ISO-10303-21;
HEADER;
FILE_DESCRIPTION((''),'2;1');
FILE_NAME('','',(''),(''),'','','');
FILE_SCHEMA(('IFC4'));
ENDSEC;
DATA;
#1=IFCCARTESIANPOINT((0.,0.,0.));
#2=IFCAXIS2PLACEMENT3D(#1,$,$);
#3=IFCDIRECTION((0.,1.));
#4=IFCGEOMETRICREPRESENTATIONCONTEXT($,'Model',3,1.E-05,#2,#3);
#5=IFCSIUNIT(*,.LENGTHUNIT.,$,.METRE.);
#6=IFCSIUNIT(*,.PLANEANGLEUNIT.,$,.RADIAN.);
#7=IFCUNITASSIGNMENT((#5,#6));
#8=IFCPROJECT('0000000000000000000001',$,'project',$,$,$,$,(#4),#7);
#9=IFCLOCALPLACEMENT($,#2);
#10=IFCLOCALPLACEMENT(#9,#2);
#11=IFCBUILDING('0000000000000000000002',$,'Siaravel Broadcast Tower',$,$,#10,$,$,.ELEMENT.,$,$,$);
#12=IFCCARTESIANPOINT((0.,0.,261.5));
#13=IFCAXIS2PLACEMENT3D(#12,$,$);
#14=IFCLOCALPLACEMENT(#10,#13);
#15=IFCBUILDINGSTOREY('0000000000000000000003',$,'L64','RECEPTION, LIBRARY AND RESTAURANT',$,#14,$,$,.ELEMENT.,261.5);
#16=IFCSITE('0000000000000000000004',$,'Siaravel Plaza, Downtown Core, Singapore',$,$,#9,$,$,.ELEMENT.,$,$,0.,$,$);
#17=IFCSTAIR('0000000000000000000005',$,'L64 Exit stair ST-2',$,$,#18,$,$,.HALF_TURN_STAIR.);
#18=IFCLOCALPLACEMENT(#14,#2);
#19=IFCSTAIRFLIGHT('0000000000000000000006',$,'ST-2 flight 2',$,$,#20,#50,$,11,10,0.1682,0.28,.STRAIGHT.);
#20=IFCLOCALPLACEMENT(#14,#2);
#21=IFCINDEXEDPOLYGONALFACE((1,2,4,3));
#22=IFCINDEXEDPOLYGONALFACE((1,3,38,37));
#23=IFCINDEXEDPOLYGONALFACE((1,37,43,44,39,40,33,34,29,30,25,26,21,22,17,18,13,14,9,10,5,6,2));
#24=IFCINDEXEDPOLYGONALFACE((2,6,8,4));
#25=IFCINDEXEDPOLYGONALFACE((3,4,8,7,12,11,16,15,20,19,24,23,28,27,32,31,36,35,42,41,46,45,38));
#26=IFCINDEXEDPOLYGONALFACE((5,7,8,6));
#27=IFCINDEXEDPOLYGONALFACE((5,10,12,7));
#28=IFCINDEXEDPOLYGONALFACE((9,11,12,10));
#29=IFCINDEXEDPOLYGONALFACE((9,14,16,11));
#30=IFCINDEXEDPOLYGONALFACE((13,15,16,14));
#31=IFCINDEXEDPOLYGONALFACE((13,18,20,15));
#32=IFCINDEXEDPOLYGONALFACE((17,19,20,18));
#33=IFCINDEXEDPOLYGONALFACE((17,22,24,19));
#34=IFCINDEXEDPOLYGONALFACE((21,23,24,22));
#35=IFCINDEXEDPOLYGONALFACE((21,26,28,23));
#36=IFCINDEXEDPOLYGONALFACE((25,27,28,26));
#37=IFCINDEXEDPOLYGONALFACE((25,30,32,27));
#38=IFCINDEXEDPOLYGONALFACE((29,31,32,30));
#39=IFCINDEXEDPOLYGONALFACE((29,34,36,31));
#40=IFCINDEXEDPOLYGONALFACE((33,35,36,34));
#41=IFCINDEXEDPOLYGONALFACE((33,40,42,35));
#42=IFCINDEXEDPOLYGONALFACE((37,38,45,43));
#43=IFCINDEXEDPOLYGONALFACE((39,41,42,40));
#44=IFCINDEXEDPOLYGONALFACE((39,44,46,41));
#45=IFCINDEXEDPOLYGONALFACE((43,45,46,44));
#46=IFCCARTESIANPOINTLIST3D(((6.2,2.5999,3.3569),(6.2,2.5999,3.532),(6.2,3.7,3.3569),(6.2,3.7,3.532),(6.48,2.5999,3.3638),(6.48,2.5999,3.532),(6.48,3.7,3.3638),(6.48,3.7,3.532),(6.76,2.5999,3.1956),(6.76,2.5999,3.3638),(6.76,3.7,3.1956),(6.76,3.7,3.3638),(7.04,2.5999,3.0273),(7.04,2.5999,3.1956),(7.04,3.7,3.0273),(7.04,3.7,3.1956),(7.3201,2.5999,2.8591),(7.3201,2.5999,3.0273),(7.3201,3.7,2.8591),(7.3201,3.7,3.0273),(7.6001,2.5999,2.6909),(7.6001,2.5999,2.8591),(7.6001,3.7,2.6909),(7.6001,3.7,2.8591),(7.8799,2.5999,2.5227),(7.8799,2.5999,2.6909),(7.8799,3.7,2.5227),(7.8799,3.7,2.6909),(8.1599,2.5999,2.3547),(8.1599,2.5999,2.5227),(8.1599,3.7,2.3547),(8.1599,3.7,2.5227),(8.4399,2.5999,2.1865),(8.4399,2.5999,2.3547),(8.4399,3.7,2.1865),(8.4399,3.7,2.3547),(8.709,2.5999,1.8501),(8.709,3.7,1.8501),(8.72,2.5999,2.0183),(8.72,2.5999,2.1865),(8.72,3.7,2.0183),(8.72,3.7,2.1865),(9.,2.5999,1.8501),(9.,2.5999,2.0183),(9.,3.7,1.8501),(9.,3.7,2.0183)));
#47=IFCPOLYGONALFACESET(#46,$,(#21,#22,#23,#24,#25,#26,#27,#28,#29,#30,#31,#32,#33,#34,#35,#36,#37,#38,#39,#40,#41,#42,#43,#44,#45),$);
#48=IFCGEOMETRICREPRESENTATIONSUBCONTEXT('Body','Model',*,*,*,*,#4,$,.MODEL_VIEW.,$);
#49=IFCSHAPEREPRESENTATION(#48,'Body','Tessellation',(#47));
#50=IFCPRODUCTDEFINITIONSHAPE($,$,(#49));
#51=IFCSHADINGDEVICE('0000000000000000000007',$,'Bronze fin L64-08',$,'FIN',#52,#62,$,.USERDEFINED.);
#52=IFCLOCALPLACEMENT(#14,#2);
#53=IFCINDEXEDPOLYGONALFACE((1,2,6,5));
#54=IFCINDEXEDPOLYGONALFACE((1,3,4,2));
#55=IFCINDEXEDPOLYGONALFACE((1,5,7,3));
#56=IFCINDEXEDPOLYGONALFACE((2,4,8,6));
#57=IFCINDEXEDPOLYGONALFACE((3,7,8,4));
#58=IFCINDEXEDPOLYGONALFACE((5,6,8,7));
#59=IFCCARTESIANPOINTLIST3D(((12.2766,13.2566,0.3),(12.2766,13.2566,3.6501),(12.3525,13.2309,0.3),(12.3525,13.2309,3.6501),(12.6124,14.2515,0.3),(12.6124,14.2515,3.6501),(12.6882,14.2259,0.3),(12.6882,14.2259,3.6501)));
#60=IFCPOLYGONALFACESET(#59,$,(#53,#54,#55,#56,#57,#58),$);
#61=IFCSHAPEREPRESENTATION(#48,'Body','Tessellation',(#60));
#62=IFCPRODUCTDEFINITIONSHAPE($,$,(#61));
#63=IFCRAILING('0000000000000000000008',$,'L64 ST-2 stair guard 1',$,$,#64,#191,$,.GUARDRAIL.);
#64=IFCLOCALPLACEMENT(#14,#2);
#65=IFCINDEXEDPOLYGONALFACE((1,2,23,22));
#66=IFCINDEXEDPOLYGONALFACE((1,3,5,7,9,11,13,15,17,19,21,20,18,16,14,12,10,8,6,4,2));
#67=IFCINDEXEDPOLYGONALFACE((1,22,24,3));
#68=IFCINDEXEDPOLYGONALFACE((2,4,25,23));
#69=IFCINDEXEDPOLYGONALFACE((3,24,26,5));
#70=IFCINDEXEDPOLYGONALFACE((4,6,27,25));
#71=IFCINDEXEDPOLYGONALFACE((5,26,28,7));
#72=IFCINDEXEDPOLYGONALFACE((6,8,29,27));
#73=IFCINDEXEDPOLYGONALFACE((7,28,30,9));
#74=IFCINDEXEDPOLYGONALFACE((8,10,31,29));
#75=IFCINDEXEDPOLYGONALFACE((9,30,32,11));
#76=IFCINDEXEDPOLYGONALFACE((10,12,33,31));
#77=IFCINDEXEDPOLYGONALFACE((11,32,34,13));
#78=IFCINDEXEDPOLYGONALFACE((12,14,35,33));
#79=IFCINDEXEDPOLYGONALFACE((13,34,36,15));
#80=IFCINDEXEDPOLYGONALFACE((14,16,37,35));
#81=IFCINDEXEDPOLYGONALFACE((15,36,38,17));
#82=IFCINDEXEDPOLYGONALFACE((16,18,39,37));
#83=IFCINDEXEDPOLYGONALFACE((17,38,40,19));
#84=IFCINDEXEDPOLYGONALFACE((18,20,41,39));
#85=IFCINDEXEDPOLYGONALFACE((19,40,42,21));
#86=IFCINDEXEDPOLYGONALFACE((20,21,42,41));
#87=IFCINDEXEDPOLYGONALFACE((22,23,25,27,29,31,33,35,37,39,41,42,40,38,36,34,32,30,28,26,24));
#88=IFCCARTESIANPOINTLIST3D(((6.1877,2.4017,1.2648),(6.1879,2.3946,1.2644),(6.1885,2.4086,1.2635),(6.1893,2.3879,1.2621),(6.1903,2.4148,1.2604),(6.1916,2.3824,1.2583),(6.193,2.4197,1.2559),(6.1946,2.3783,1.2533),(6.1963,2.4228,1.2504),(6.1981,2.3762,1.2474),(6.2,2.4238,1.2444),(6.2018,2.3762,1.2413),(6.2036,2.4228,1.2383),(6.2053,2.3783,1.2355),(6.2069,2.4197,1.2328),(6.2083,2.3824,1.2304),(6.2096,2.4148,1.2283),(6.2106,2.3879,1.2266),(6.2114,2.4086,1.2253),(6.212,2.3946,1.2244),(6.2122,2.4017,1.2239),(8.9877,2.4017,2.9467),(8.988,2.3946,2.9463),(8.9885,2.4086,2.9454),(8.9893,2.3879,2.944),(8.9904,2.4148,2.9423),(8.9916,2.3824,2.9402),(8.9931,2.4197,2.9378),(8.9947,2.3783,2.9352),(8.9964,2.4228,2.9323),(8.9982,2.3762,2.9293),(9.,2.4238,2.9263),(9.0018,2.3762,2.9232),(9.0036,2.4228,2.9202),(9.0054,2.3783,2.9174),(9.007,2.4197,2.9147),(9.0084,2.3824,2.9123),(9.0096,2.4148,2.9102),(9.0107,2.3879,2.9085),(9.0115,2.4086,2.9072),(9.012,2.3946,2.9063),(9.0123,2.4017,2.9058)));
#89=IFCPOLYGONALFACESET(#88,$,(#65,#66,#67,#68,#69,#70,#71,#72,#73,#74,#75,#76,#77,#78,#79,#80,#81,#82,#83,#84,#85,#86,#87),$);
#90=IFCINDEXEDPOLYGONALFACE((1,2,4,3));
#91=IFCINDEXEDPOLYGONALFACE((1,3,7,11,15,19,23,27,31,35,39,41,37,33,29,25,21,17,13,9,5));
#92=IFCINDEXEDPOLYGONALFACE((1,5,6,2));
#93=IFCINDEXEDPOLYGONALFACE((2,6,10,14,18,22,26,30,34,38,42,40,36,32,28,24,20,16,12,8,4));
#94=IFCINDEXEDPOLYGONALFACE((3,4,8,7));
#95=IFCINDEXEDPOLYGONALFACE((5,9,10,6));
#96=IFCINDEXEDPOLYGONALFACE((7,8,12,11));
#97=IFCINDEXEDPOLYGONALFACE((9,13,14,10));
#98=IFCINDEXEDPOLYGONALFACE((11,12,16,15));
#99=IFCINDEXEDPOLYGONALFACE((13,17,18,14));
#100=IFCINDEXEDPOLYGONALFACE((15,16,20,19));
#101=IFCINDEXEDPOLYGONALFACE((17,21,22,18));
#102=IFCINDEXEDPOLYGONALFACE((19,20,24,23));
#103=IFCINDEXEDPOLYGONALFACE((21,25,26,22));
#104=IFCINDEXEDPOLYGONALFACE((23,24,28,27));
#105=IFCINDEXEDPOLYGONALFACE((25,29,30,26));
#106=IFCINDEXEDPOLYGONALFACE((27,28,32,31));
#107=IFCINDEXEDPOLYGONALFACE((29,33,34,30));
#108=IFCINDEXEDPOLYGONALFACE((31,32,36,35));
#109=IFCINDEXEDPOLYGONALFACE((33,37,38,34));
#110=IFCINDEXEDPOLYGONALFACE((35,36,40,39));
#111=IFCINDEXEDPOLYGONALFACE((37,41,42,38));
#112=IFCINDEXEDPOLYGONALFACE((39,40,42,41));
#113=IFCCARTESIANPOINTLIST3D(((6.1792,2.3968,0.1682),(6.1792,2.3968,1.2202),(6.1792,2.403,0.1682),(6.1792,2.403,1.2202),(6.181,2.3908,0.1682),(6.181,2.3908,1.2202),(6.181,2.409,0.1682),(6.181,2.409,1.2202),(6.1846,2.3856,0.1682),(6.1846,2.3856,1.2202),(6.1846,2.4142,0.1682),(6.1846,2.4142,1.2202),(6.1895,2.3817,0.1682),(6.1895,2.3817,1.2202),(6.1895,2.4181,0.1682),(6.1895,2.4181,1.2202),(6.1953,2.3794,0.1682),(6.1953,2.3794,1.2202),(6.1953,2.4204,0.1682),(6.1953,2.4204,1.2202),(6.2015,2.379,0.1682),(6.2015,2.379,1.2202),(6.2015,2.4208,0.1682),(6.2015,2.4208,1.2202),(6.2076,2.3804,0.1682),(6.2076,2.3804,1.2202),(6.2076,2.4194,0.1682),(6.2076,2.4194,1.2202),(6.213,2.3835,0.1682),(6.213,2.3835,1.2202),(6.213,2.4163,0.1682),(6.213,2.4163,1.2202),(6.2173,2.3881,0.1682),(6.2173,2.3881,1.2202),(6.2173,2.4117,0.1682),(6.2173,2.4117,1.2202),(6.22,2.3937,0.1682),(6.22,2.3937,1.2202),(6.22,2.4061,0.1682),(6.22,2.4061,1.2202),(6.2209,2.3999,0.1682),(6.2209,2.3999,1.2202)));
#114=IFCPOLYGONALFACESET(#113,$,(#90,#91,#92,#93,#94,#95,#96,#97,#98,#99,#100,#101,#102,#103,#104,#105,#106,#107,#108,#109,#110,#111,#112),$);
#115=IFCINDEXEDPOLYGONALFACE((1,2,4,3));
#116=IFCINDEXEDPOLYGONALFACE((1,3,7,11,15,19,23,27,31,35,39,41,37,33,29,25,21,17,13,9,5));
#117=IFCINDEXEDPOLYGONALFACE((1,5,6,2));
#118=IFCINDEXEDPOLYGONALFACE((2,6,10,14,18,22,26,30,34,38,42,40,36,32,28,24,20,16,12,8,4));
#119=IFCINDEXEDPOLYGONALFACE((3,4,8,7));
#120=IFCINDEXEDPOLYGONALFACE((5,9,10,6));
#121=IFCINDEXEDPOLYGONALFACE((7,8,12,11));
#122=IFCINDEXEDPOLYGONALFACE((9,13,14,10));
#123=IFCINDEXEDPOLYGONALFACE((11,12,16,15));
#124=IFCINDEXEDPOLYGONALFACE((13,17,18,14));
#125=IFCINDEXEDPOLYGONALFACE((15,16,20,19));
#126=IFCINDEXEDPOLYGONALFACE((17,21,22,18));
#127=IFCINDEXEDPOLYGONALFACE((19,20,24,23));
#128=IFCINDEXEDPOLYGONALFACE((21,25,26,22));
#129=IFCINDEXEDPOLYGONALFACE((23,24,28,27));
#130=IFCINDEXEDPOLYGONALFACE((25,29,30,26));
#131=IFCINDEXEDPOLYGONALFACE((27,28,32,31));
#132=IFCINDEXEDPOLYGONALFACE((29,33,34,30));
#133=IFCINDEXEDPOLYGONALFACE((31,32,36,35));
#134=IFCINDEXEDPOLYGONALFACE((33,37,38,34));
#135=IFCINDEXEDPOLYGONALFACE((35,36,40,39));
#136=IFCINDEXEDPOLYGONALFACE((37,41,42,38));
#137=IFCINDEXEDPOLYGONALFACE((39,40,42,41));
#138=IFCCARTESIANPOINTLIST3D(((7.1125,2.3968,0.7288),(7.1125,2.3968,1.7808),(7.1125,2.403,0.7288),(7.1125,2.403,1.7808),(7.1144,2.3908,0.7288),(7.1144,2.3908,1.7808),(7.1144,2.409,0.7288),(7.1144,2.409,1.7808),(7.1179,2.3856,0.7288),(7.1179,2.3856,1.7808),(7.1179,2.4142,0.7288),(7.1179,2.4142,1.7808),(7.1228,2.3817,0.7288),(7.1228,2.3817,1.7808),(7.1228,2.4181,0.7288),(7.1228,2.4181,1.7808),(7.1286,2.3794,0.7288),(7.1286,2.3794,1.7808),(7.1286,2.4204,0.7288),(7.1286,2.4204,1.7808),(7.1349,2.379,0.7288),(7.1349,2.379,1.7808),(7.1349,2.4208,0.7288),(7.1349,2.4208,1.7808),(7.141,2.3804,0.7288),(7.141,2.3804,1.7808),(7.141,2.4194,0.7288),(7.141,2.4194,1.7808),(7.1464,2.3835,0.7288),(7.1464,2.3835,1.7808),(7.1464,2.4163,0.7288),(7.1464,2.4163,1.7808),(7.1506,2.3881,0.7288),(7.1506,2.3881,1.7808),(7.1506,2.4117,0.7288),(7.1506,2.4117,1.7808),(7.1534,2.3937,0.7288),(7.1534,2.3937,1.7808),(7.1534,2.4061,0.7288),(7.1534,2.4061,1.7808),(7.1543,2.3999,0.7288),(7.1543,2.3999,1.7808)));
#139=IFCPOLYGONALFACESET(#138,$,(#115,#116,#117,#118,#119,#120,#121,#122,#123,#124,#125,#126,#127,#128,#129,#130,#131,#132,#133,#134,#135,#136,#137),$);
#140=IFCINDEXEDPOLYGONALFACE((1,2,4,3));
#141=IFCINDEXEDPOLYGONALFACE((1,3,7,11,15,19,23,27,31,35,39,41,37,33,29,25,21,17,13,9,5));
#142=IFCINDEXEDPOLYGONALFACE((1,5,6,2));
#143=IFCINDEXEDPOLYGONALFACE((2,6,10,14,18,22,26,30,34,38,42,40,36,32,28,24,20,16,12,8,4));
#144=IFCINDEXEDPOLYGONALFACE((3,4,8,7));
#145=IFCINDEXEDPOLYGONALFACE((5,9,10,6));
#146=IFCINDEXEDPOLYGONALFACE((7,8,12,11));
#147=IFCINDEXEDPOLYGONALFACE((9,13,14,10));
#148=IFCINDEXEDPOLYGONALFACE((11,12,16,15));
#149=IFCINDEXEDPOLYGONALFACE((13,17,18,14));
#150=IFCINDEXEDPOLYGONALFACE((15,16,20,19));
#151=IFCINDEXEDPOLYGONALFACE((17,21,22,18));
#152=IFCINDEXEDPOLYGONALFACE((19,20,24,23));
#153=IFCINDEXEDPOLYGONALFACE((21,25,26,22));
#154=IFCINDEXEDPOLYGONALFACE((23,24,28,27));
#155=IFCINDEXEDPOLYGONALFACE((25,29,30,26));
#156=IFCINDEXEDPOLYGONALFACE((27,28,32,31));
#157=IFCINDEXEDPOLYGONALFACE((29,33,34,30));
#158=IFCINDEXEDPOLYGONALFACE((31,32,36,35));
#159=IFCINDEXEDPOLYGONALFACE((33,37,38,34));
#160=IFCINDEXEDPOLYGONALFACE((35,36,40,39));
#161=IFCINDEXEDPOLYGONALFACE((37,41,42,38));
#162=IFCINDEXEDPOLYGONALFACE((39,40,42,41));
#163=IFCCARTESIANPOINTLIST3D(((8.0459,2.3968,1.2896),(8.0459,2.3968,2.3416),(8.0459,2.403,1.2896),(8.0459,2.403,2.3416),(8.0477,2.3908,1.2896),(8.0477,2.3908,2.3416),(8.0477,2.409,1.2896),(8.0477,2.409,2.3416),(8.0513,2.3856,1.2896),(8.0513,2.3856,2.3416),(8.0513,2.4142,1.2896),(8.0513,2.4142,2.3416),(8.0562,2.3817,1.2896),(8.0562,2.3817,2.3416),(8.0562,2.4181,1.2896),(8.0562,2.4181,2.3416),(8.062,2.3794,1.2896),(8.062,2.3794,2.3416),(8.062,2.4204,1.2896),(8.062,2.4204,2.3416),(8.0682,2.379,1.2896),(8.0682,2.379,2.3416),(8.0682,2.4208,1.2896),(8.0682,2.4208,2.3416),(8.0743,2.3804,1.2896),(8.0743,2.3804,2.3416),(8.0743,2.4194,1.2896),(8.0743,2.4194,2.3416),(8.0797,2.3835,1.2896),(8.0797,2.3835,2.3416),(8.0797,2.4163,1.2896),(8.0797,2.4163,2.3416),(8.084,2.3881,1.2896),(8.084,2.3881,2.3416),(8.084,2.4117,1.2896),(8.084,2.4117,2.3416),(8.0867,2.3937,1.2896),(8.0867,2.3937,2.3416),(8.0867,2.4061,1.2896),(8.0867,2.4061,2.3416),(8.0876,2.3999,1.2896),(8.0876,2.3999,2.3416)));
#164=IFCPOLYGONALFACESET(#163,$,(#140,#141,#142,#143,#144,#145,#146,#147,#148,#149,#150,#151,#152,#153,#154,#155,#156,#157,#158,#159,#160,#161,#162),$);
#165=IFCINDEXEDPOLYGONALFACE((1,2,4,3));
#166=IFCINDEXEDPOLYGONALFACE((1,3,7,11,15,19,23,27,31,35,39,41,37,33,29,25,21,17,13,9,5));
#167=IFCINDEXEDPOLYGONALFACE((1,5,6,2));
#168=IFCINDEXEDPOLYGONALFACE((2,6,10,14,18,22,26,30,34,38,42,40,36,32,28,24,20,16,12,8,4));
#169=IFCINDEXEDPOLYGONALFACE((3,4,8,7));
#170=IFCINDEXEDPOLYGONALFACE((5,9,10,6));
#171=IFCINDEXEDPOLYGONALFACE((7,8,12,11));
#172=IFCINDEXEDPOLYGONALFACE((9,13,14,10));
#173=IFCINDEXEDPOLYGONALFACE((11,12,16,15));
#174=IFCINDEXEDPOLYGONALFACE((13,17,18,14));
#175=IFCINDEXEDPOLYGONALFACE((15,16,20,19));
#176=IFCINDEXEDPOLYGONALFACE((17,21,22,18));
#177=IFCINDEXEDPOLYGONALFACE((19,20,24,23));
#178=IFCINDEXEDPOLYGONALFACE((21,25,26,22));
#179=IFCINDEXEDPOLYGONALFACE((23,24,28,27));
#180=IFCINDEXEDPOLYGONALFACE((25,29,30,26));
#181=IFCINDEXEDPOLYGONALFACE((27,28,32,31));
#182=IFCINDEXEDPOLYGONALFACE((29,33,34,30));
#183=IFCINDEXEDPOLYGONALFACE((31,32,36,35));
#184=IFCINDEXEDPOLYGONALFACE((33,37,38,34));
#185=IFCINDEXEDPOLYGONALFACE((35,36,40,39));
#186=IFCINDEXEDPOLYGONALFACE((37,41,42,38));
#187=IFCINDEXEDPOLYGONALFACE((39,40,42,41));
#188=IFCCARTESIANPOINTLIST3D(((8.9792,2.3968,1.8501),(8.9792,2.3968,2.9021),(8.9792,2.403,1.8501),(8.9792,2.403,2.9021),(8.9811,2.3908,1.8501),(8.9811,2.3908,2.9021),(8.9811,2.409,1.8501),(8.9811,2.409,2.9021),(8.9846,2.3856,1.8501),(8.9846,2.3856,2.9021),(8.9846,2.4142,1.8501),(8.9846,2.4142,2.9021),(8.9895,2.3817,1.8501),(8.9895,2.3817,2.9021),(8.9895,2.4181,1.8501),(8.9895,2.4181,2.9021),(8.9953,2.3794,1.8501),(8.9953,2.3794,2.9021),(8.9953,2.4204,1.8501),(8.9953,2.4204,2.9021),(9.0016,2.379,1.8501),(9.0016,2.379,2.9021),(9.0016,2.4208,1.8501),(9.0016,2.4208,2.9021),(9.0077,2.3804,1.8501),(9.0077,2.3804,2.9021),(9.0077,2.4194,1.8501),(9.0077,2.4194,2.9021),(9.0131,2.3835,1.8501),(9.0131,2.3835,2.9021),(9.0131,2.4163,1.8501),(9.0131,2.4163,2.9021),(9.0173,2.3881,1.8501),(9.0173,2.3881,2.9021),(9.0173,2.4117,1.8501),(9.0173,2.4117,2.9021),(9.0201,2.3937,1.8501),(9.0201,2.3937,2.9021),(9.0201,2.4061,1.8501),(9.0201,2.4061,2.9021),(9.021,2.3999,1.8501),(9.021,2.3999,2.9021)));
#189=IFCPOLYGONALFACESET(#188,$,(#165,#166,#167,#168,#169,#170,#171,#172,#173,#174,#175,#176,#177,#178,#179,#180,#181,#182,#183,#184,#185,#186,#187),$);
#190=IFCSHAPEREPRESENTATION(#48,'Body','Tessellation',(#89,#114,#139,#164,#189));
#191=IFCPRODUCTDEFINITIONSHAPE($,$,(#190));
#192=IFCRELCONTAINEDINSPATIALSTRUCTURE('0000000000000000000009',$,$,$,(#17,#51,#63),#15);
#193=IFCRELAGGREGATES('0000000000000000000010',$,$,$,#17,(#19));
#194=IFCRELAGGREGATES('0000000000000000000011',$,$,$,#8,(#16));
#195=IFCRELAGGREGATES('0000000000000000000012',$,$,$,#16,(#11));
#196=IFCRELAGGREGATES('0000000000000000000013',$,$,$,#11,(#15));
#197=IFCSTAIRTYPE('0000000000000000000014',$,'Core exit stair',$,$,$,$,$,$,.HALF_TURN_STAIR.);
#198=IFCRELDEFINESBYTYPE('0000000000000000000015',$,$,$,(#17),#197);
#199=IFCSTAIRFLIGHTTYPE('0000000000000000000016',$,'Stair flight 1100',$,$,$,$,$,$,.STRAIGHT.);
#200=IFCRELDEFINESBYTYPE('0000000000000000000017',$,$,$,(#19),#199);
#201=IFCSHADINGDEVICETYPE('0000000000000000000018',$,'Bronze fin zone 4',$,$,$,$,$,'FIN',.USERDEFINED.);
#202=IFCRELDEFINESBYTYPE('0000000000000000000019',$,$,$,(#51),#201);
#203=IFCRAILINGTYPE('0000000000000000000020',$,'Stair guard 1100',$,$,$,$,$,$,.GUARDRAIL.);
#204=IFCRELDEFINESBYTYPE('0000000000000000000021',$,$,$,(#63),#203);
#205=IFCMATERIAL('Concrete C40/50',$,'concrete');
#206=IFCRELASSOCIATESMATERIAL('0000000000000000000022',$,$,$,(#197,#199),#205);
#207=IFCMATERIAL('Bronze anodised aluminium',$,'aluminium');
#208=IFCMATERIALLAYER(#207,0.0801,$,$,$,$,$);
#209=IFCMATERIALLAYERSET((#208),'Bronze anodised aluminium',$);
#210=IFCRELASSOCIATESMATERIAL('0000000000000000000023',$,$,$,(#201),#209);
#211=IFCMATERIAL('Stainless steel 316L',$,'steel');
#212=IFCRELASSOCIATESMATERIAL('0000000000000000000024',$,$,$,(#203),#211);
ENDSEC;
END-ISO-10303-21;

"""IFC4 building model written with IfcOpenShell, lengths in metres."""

from ifc_helpers import new_model, si_unit, direction, frame, origin, origin_2d, place, context, subcontext, project, spatial, polyline, rectangle, circle, outline, extrude, material, layer, layer_set, type_object, element, aggregate, save


model = new_model("IFC4")

# Units and contexts
model_context = context("Model", 3, precision=1e-05, world=origin(), true_north=direction((0.0, 1.0)))
body_context = subcontext(model_context, "Body", "Model", "MODEL_VIEW")
ifc_project = project(units=[si_unit("LENGTHUNIT", "METRE"), si_unit("PLANEANGLEUNIT", "RADIAN")], contexts=[model_context])

# Site, building, storey
site_placement = place(None, origin())
site = spatial("IfcSite", under=ifc_project, at=site_placement, Name="Siaravel Plaza, Downtown Core, Singapore", CompositionType="ELEMENT", RefElevation=0.0)
building_placement = place(site_placement, origin())
building = spatial("IfcBuilding", under=site, at=building_placement, Name="Siaravel Broadcast Tower", CompositionType="ELEMENT")
storey_placement = place(building_placement, frame((0.0, 0.0, 261.5)))
storey = spatial("IfcBuildingStorey", under=building, at=storey_placement, Name="L64", Description="RECEPTION, LIBRARY AND RESTAURANT", CompositionType="ELEMENT", Elevation=261.5)

# Stair, stair flight
ifc_material_1 = material(Name="Concrete C40/50", Category="concrete")
stair_type = type_object("IfcStairType", Name="Core exit stair", PredefinedType="HALF_TURN_STAIR", material=ifc_material_1)
stair_placement = place(storey_placement, origin())
stair = element("IfcStair", 1, at=stair_placement, inside=storey, type_object=stair_type, Name="L64 Exit stair ST-2", PredefinedType="HALF_TURN_STAIR")
stair_flight_type = type_object("IfcStairFlightType", Name="Stair flight 1100", PredefinedType="STRAIGHT", material=ifc_material_1)
stair_flight_1_placement = place(storey_placement, frame((9.0, 3.1499, 1.8501), z_axis=(0.0, 0.0, 1.0), x_axis=(-1.0, 0.0, 0.0)))
stair_flight_1 = element("IfcStairFlight", 2, at=stair_flight_1_placement, type_object=stair_flight_type, Name="ST-2 flight 2", NumberOfRisers=11, NumberOfTreads=10, PredefinedType="STRAIGHT", RiserHeight=0.1682, TreadLength=0.28, context=body_context, shape_type="SweptSolid", body=[
    extrude(outline(polyline([(0.0, 0.0), (0.0, 0.1682), (0.28, 0.1682), (0.28, 0.3364), (0.5601, 0.3364), (0.5601, 0.5046), (0.8401, 0.5046), (0.8401, 0.6726), (1.1201, 0.6726), (1.1201, 0.8408), (1.3999, 0.8408), (1.3999, 1.009), (1.6799, 1.009), (1.6799, 1.1772), (1.96, 1.1772), (1.96, 1.3455), (2.24, 1.3455), (2.24, 1.5137), (2.52, 1.5137), (2.52, 1.6819), (2.8, 1.6819), (2.8, 1.8501), (2.8, 1.5068), (0.291, 0.0), (0.0, 0.0)])), frame((0.0, 0.55, 0.0), z_axis=(0.0, -1.0, 0.0), x_axis=(1.0, 0.0, 0.0)), (0.0, 0.0, 1.0), 1.1001),
])
aggregate(stair, [stair_flight_1])

# Shading device
ifc_material_2 = material(Name="Bronze anodised aluminium", Category="aluminium")
ifc_layer_1 = layer(ifc_material_2, 0.0801)
ifc_layer_set_1 = layer_set([ifc_layer_1], Name="Bronze anodised aluminium")
shading_device_type = type_object("IfcShadingDeviceType", Name="Bronze fin zone 4", ElementType="FIN", PredefinedType="USERDEFINED", material=ifc_layer_set_1)
shading_device_placement = place(storey_placement, frame((12.4824, 13.7412, 0.3), z_axis=(0.0, 0.0, 1.0), x_axis=(0.319773, 0.947494, 0.0)))
element("IfcShadingDevice", 3, at=shading_device_placement, inside=storey, type_object=shading_device_type, Name="Bronze fin L64-08", ObjectType="FIN", PredefinedType="USERDEFINED", context=body_context, shape_type="SweptSolid", body=[
    extrude(rectangle(XDim=1.05, YDim=0.0801, at=origin_2d()), origin(), (0.0, 0.0, 1.0), 3.3501),
])

# Railing
ifc_material_3 = material(Name="Stainless steel 316L", Category="steel")
railing_type_1 = type_object("IfcRailingType", Name="Stair guard 1100", PredefinedType="GUARDRAIL", material=ifc_material_3)
railing_1_placement = place(storey_placement, frame((6.2, 2.3999, 0.1682)))
element("IfcRailing", 4, at=railing_1_placement, inside=storey, type_object=railing_type_1, Name="L64 ST-2 stair guard 1", PredefinedType="GUARDRAIL", context=body_context, shape_type="SweptSolid", body=[
    extrude(circle(Radius=0.0239, at=origin_2d()), frame((0.0, 0.0, 1.0762), z_axis=(0.857242, 0.0, 0.514913), x_axis=(0.0, 1.0, 0.0)), (0.0, 0.0, 1.0), 3.2664),
    extrude(circle(Radius=0.021, at=origin_2d()), origin(), (0.0, 0.0, 1.0), 1.052),
    extrude(circle(Radius=0.021, at=origin_2d()), frame((0.9333, 0.0, 0.5605)), (0.0, 0.0, 1.0), 1.052),
    extrude(circle(Radius=0.021, at=origin_2d()), frame((1.8667, 0.0, 1.1213)), (0.0, 0.0, 1.0), 1.052),
    extrude(circle(Radius=0.021, at=origin_2d()), frame((2.8, 0.0, 1.6819)), (0.0, 0.0, 1.0), 1.052),
])

save(model, "model.ifc")
